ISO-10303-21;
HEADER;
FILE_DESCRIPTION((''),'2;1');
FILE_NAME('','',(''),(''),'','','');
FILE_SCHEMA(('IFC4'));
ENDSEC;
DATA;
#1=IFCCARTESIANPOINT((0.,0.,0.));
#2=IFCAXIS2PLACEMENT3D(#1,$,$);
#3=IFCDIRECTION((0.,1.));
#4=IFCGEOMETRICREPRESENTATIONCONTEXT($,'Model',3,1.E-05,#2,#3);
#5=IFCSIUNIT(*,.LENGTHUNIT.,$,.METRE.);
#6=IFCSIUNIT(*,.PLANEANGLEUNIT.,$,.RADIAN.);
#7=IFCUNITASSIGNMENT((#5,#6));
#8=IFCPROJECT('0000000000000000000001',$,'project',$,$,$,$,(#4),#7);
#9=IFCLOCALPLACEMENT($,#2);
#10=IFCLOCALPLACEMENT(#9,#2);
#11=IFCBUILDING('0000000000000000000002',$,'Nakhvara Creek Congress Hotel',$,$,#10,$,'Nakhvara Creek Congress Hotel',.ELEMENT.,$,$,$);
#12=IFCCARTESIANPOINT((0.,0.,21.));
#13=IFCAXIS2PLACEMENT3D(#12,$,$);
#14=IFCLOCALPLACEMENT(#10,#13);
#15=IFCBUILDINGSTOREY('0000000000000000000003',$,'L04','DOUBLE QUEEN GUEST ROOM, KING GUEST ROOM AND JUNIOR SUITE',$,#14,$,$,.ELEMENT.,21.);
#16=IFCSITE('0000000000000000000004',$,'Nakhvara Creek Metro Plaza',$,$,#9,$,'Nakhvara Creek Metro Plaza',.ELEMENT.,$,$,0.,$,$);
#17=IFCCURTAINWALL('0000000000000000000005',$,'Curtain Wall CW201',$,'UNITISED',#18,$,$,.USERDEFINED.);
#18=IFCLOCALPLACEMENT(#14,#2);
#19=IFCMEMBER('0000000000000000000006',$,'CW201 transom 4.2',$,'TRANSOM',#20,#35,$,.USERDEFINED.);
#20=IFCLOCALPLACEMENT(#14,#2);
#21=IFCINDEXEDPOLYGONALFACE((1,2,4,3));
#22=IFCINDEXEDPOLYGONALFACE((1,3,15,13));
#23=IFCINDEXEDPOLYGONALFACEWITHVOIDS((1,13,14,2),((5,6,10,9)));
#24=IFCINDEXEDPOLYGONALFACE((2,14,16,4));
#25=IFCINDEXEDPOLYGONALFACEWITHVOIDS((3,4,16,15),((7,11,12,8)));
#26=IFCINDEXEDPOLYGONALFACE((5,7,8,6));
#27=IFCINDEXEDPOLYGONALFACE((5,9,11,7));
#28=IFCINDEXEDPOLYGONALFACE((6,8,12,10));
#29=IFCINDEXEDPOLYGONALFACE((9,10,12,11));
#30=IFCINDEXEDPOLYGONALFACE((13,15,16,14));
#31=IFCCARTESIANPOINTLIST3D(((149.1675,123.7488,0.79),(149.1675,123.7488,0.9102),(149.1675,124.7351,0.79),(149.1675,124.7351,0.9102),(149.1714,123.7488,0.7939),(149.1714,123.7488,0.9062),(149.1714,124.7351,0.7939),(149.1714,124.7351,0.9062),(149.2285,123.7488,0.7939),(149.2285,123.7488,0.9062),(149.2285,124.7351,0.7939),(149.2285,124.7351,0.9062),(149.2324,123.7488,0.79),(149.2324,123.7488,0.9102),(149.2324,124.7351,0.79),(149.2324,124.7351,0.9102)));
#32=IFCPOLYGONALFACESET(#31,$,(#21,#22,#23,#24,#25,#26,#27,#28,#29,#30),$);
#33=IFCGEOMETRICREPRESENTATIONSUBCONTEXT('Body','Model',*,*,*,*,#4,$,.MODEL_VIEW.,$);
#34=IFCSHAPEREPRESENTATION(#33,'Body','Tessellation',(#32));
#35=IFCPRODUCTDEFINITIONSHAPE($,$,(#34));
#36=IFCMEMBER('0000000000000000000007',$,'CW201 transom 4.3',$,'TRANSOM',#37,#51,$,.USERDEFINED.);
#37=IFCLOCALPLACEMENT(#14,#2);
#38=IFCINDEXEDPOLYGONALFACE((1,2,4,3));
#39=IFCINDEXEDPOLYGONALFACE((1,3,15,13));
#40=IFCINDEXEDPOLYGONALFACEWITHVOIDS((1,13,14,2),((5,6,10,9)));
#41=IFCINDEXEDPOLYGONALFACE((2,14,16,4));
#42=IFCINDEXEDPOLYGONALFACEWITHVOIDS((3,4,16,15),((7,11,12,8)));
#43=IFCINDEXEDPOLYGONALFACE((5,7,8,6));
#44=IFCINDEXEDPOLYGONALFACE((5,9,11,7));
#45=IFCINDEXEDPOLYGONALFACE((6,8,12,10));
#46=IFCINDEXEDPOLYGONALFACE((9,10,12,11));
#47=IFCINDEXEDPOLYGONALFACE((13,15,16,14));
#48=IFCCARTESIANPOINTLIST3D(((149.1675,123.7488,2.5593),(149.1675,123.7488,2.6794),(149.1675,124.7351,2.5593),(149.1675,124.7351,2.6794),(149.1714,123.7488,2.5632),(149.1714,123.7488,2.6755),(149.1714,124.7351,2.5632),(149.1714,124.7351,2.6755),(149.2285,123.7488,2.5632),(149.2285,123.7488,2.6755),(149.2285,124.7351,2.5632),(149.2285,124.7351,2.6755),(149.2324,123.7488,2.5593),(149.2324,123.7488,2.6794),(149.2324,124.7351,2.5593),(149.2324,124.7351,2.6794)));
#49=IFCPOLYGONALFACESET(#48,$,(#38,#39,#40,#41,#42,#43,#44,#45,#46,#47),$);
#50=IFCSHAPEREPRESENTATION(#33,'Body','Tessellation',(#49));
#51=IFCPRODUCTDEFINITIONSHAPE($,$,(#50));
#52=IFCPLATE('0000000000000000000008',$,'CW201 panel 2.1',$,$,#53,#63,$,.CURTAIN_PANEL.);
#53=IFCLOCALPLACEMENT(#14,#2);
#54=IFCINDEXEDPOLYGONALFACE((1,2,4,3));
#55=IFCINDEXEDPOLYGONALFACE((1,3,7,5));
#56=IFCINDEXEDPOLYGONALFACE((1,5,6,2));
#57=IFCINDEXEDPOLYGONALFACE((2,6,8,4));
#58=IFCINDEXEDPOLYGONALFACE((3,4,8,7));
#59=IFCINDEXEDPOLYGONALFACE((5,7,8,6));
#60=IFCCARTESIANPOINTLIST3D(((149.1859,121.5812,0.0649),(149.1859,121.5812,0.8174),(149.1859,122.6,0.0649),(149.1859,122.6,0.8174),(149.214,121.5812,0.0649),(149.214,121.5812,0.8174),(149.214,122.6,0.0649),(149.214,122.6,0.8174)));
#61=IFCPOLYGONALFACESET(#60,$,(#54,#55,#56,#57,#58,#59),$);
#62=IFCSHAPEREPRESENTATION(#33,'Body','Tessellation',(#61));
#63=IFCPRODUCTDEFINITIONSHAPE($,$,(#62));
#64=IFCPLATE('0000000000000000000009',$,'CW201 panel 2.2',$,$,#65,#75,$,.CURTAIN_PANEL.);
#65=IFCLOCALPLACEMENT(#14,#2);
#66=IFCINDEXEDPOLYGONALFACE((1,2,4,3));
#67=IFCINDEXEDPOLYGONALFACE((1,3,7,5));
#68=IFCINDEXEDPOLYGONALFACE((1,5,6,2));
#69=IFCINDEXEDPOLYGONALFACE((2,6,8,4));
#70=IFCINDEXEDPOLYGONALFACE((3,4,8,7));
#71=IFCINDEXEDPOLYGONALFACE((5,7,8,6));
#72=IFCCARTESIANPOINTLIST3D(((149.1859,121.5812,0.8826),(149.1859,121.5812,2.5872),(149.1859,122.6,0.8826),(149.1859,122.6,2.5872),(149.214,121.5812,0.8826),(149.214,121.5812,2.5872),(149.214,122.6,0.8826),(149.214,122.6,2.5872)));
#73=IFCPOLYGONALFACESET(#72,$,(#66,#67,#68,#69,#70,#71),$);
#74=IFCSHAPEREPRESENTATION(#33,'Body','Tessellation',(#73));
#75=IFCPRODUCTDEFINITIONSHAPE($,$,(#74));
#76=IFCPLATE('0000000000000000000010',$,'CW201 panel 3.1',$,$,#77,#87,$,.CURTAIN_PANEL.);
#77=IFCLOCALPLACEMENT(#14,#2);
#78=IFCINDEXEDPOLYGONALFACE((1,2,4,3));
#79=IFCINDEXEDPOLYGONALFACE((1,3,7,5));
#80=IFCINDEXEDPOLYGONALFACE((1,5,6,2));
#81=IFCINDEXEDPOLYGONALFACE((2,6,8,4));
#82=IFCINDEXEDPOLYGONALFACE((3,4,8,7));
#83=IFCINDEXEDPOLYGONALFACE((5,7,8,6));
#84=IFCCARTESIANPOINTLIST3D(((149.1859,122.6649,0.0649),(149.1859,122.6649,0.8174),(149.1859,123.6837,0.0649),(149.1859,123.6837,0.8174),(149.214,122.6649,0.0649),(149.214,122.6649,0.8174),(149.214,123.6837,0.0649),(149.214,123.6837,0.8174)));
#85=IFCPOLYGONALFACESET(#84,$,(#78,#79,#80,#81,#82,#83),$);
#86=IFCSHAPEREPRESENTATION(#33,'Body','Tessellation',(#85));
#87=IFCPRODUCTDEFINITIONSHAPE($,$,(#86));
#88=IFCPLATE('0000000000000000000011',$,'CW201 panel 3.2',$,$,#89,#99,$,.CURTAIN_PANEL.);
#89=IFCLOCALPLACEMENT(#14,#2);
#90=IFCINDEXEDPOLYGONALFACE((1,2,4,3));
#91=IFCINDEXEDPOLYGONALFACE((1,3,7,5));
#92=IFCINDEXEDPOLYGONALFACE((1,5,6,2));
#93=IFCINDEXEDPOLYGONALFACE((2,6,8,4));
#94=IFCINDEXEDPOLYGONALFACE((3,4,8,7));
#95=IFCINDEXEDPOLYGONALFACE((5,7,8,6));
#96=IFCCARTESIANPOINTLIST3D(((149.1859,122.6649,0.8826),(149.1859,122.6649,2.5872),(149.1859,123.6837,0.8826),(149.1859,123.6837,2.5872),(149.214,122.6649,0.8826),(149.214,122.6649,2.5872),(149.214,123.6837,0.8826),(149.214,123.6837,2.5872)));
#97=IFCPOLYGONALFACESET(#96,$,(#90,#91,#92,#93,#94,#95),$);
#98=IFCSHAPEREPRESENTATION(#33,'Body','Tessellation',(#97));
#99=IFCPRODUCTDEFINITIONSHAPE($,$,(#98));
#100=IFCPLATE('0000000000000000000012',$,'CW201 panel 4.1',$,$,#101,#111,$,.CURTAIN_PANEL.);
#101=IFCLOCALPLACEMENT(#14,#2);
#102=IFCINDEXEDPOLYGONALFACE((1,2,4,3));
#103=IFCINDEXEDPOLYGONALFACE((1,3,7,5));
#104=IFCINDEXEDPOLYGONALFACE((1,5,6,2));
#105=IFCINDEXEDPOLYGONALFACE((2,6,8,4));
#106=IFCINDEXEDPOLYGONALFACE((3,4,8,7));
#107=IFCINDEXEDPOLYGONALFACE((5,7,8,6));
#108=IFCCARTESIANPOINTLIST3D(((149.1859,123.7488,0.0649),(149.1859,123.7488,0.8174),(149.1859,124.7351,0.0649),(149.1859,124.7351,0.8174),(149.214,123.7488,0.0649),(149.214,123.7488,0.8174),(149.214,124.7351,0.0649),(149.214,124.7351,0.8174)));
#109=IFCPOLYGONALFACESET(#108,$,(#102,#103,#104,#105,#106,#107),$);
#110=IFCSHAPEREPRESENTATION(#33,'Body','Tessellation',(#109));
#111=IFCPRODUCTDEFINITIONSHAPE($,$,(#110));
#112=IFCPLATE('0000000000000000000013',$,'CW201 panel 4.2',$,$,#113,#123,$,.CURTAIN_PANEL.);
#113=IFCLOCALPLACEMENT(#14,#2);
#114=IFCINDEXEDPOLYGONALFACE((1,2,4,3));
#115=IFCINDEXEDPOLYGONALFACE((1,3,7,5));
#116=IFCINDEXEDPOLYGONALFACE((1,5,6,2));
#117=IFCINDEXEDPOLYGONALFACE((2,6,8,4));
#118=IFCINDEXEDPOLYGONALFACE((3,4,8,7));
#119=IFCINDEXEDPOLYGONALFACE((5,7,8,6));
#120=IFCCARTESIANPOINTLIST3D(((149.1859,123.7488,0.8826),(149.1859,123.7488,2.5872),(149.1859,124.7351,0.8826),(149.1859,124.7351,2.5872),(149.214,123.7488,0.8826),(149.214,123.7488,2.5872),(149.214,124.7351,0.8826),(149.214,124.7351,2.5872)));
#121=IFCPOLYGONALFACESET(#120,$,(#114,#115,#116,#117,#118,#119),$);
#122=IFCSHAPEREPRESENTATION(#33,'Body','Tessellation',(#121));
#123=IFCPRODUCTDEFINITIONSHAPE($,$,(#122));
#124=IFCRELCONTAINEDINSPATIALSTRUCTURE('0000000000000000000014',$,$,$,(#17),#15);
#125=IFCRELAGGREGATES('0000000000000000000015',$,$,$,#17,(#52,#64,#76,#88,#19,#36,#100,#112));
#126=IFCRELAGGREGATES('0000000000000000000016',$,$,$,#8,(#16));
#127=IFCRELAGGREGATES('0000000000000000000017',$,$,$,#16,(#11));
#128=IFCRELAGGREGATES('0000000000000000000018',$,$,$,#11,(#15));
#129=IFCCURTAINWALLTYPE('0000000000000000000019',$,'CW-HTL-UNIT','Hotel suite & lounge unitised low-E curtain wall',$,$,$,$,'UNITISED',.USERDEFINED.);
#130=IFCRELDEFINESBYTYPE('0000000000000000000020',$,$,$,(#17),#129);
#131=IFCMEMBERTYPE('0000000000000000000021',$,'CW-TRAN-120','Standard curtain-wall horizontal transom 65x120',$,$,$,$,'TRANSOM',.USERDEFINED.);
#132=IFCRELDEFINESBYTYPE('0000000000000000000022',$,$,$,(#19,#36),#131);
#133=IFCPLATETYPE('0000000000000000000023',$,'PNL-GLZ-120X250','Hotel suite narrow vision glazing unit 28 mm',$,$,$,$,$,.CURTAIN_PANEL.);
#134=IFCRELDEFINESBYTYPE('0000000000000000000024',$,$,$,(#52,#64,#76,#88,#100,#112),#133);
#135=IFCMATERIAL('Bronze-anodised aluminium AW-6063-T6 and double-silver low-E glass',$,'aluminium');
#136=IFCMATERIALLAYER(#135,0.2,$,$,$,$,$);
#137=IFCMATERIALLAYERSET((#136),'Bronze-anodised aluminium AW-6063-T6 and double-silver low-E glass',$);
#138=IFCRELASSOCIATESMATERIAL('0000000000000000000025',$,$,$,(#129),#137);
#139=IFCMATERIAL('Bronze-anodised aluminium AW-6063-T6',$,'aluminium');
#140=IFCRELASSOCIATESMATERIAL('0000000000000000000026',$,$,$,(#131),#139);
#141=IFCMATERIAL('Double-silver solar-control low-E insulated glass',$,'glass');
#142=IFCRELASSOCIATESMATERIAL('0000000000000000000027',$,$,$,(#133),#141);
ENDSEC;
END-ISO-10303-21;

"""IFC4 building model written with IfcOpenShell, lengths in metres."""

from ifc_helpers import new_model, si_unit, direction, frame, origin, origin_2d, place, context, subcontext, project, spatial, rectangle, hollow_rectangle, extrude, material, layer, layer_set, material_profile, profile_set, type_object, element, aggregate, save


model = new_model("IFC4")

# Units and contexts
model_context = context("Model", 3, precision=1e-05, world=origin(), true_north=direction((0.0, 1.0)))
body_context = subcontext(model_context, "Body", "Model", "MODEL_VIEW")
ifc_project = project(units=[si_unit("LENGTHUNIT", "METRE"), si_unit("PLANEANGLEUNIT", "RADIAN")], contexts=[model_context])

# Site, building, storey
site_placement = place(None, origin())
site = spatial("IfcSite", under=ifc_project, at=site_placement, Name="Nakhvara Creek Metro Plaza", LongName="Nakhvara Creek Metro Plaza", CompositionType="ELEMENT", RefElevation=0.0)
building_placement = place(site_placement, origin())
building = spatial("IfcBuilding", under=site, at=building_placement, Name="Nakhvara Creek Congress Hotel", LongName="Nakhvara Creek Congress Hotel", CompositionType="ELEMENT")
storey_placement = place(building_placement, frame((0.0, 0.0, 21.0)))
storey = spatial("IfcBuildingStorey", under=building, at=storey_placement, Name="L04", Description="DOUBLE QUEEN GUEST ROOM, KING GUEST ROOM AND JUNIOR SUITE", CompositionType="ELEMENT", Elevation=21.0)

# Curtain wall, members, plates
ifc_material_1 = material(Name="Bronze-anodised aluminium AW-6063-T6 and double-silver low-E glass", Category="aluminium")
ifc_layer_1 = layer(ifc_material_1, 0.2)
ifc_layer_set_1 = layer_set([ifc_layer_1], Name="Bronze-anodised aluminium AW-6063-T6 and double-silver low-E glass")
curtain_wall_type = type_object("IfcCurtainWallType", Name="CW-HTL-UNIT", Description="Hotel suite & lounge unitised low-E curtain wall", ElementType="UNITISED", PredefinedType="USERDEFINED", material=ifc_layer_set_1)
curtain_wall_placement = place(storey_placement, origin())
curtain_wall = element("IfcCurtainWall", 1, at=curtain_wall_placement, inside=storey, type_object=curtain_wall_type, Name="Curtain Wall CW201", ObjectType="UNITISED", PredefinedType="USERDEFINED")
ifc_material_2 = material(Name="Bronze-anodised aluminium AW-6063-T6", Category="aluminium")
ifc_material_profile_1 = material_profile(ifc_material_2, hollow_rectangle(XDim=0.0649, YDim=0.1201, WallThickness=0.0039, at=origin_2d()), Name="ALU-TRAN 65x120x4", Category="LoadBearing")
ifc_profile_set_1 = profile_set([ifc_material_profile_1], Name="Bronze-anodised aluminium AW-6063-T6")
member_type_1 = type_object("IfcMemberType", Name="CW-TRAN-120", Description="Standard curtain-wall horizontal transom 65x120", ElementType="TRANSOM", PredefinedType="USERDEFINED", material=ifc_profile_set_1)
member_1_placement = place(storey_placement, frame((149.2, 123.7488, 0.8501), z_axis=(0.0, 1.0, 0.0), x_axis=(-1.0, 0.0, 0.0)))
member_1 = element("IfcMember", 2, at=member_1_placement, type_object=member_type_1, Name="CW201 transom 4.2", ObjectType="TRANSOM", PredefinedType="USERDEFINED", context=body_context, shape_type="SweptSolid", body=[
    extrude(hollow_rectangle(XDim=0.0649, YDim=0.1201, WallThickness=0.0039, at=origin_2d()), origin(), (0.0, 0.0, 1.0), 0.9863),
])
member_2_placement = place(storey_placement, frame((149.2, 123.7488, 2.6194), z_axis=(0.0, 1.0, 0.0), x_axis=(-1.0, 0.0, 0.0)))
member_2 = element("IfcMember", 3, at=member_2_placement, type_object=member_type_1, Name="CW201 transom 4.3", ObjectType="TRANSOM", PredefinedType="USERDEFINED", context=body_context, shape_type="SweptSolid", body=[
    extrude(hollow_rectangle(XDim=0.0649, YDim=0.1201, WallThickness=0.0039, at=origin_2d()), origin(), (0.0, 0.0, 1.0), 0.9863),
])
ifc_material_3 = material(Name="Double-silver solar-control low-E insulated glass", Category="glass")
plate_type = type_object("IfcPlateType", Name="PNL-GLZ-120X250", Description="Hotel suite narrow vision glazing unit 28 mm", PredefinedType="CURTAIN_PANEL", material=ifc_material_3)
plate_1_placement = place(storey_placement, frame((149.2, 122.0906, 0.0649), z_axis=(0.0, 0.0, 1.0), x_axis=(0.0, 1.0, 0.0)))
plate_1 = element("IfcPlate", 4, at=plate_1_placement, type_object=plate_type, Name="CW201 panel 2.1", PredefinedType="CURTAIN_PANEL", context=body_context, shape_type="SweptSolid", body=[
    extrude(rectangle(XDim=1.0188, YDim=0.0281, at=origin_2d()), origin(), (0.0, 0.0, 1.0), 0.7524),
])
plate_2_placement = place(storey_placement, frame((149.2, 122.0906, 0.8826), z_axis=(0.0, 0.0, 1.0), x_axis=(0.0, 1.0, 0.0)))
plate_2 = element("IfcPlate", 5, at=plate_2_placement, type_object=plate_type, Name="CW201 panel 2.2", PredefinedType="CURTAIN_PANEL", context=body_context, shape_type="SweptSolid", body=[
    extrude(rectangle(XDim=1.0188, YDim=0.0281, at=origin_2d()), origin(), (0.0, 0.0, 1.0), 1.7046),
])
plate_3_placement = place(storey_placement, frame((149.2, 123.1743, 0.0649), z_axis=(0.0, 0.0, 1.0), x_axis=(0.0, 1.0, 0.0)))
plate_3 = element("IfcPlate", 6, at=plate_3_placement, type_object=plate_type, Name="CW201 panel 3.1", PredefinedType="CURTAIN_PANEL", context=body_context, shape_type="SweptSolid", body=[
    extrude(rectangle(XDim=1.0188, YDim=0.0281, at=origin_2d()), origin(), (0.0, 0.0, 1.0), 0.7524),
])
plate_4_placement = place(storey_placement, frame((149.2, 123.1743, 0.8826), z_axis=(0.0, 0.0, 1.0), x_axis=(0.0, 1.0, 0.0)))
plate_4 = element("IfcPlate", 7, at=plate_4_placement, type_object=plate_type, Name="CW201 panel 3.2", PredefinedType="CURTAIN_PANEL", context=body_context, shape_type="SweptSolid", body=[
    extrude(rectangle(XDim=1.0188, YDim=0.0281, at=origin_2d()), origin(), (0.0, 0.0, 1.0), 1.7046),
])
plate_5_placement = place(storey_placement, frame((149.2, 124.2419, 0.0649), z_axis=(0.0, 0.0, 1.0), x_axis=(0.0, 1.0, 0.0)))
plate_5 = element("IfcPlate", 8, at=plate_5_placement, type_object=plate_type, Name="CW201 panel 4.1", PredefinedType="CURTAIN_PANEL", context=body_context, shape_type="SweptSolid", body=[
    extrude(rectangle(XDim=0.9863, YDim=0.0281, at=origin_2d()), origin(), (0.0, 0.0, 1.0), 0.7524),
])
plate_6_placement = place(storey_placement, frame((149.2, 124.2419, 0.8826), z_axis=(0.0, 0.0, 1.0), x_axis=(0.0, 1.0, 0.0)))
plate_6 = element("IfcPlate", 9, at=plate_6_placement, type_object=plate_type, Name="CW201 panel 4.2", PredefinedType="CURTAIN_PANEL", context=body_context, shape_type="SweptSolid", body=[
    extrude(rectangle(XDim=0.9863, YDim=0.0281, at=origin_2d()), origin(), (0.0, 0.0, 1.0), 1.7046),
])
aggregate(curtain_wall, [plate_1, plate_2, plate_3, plate_4, member_1, member_2, plate_5, plate_6])

save(model, "model.ifc")
